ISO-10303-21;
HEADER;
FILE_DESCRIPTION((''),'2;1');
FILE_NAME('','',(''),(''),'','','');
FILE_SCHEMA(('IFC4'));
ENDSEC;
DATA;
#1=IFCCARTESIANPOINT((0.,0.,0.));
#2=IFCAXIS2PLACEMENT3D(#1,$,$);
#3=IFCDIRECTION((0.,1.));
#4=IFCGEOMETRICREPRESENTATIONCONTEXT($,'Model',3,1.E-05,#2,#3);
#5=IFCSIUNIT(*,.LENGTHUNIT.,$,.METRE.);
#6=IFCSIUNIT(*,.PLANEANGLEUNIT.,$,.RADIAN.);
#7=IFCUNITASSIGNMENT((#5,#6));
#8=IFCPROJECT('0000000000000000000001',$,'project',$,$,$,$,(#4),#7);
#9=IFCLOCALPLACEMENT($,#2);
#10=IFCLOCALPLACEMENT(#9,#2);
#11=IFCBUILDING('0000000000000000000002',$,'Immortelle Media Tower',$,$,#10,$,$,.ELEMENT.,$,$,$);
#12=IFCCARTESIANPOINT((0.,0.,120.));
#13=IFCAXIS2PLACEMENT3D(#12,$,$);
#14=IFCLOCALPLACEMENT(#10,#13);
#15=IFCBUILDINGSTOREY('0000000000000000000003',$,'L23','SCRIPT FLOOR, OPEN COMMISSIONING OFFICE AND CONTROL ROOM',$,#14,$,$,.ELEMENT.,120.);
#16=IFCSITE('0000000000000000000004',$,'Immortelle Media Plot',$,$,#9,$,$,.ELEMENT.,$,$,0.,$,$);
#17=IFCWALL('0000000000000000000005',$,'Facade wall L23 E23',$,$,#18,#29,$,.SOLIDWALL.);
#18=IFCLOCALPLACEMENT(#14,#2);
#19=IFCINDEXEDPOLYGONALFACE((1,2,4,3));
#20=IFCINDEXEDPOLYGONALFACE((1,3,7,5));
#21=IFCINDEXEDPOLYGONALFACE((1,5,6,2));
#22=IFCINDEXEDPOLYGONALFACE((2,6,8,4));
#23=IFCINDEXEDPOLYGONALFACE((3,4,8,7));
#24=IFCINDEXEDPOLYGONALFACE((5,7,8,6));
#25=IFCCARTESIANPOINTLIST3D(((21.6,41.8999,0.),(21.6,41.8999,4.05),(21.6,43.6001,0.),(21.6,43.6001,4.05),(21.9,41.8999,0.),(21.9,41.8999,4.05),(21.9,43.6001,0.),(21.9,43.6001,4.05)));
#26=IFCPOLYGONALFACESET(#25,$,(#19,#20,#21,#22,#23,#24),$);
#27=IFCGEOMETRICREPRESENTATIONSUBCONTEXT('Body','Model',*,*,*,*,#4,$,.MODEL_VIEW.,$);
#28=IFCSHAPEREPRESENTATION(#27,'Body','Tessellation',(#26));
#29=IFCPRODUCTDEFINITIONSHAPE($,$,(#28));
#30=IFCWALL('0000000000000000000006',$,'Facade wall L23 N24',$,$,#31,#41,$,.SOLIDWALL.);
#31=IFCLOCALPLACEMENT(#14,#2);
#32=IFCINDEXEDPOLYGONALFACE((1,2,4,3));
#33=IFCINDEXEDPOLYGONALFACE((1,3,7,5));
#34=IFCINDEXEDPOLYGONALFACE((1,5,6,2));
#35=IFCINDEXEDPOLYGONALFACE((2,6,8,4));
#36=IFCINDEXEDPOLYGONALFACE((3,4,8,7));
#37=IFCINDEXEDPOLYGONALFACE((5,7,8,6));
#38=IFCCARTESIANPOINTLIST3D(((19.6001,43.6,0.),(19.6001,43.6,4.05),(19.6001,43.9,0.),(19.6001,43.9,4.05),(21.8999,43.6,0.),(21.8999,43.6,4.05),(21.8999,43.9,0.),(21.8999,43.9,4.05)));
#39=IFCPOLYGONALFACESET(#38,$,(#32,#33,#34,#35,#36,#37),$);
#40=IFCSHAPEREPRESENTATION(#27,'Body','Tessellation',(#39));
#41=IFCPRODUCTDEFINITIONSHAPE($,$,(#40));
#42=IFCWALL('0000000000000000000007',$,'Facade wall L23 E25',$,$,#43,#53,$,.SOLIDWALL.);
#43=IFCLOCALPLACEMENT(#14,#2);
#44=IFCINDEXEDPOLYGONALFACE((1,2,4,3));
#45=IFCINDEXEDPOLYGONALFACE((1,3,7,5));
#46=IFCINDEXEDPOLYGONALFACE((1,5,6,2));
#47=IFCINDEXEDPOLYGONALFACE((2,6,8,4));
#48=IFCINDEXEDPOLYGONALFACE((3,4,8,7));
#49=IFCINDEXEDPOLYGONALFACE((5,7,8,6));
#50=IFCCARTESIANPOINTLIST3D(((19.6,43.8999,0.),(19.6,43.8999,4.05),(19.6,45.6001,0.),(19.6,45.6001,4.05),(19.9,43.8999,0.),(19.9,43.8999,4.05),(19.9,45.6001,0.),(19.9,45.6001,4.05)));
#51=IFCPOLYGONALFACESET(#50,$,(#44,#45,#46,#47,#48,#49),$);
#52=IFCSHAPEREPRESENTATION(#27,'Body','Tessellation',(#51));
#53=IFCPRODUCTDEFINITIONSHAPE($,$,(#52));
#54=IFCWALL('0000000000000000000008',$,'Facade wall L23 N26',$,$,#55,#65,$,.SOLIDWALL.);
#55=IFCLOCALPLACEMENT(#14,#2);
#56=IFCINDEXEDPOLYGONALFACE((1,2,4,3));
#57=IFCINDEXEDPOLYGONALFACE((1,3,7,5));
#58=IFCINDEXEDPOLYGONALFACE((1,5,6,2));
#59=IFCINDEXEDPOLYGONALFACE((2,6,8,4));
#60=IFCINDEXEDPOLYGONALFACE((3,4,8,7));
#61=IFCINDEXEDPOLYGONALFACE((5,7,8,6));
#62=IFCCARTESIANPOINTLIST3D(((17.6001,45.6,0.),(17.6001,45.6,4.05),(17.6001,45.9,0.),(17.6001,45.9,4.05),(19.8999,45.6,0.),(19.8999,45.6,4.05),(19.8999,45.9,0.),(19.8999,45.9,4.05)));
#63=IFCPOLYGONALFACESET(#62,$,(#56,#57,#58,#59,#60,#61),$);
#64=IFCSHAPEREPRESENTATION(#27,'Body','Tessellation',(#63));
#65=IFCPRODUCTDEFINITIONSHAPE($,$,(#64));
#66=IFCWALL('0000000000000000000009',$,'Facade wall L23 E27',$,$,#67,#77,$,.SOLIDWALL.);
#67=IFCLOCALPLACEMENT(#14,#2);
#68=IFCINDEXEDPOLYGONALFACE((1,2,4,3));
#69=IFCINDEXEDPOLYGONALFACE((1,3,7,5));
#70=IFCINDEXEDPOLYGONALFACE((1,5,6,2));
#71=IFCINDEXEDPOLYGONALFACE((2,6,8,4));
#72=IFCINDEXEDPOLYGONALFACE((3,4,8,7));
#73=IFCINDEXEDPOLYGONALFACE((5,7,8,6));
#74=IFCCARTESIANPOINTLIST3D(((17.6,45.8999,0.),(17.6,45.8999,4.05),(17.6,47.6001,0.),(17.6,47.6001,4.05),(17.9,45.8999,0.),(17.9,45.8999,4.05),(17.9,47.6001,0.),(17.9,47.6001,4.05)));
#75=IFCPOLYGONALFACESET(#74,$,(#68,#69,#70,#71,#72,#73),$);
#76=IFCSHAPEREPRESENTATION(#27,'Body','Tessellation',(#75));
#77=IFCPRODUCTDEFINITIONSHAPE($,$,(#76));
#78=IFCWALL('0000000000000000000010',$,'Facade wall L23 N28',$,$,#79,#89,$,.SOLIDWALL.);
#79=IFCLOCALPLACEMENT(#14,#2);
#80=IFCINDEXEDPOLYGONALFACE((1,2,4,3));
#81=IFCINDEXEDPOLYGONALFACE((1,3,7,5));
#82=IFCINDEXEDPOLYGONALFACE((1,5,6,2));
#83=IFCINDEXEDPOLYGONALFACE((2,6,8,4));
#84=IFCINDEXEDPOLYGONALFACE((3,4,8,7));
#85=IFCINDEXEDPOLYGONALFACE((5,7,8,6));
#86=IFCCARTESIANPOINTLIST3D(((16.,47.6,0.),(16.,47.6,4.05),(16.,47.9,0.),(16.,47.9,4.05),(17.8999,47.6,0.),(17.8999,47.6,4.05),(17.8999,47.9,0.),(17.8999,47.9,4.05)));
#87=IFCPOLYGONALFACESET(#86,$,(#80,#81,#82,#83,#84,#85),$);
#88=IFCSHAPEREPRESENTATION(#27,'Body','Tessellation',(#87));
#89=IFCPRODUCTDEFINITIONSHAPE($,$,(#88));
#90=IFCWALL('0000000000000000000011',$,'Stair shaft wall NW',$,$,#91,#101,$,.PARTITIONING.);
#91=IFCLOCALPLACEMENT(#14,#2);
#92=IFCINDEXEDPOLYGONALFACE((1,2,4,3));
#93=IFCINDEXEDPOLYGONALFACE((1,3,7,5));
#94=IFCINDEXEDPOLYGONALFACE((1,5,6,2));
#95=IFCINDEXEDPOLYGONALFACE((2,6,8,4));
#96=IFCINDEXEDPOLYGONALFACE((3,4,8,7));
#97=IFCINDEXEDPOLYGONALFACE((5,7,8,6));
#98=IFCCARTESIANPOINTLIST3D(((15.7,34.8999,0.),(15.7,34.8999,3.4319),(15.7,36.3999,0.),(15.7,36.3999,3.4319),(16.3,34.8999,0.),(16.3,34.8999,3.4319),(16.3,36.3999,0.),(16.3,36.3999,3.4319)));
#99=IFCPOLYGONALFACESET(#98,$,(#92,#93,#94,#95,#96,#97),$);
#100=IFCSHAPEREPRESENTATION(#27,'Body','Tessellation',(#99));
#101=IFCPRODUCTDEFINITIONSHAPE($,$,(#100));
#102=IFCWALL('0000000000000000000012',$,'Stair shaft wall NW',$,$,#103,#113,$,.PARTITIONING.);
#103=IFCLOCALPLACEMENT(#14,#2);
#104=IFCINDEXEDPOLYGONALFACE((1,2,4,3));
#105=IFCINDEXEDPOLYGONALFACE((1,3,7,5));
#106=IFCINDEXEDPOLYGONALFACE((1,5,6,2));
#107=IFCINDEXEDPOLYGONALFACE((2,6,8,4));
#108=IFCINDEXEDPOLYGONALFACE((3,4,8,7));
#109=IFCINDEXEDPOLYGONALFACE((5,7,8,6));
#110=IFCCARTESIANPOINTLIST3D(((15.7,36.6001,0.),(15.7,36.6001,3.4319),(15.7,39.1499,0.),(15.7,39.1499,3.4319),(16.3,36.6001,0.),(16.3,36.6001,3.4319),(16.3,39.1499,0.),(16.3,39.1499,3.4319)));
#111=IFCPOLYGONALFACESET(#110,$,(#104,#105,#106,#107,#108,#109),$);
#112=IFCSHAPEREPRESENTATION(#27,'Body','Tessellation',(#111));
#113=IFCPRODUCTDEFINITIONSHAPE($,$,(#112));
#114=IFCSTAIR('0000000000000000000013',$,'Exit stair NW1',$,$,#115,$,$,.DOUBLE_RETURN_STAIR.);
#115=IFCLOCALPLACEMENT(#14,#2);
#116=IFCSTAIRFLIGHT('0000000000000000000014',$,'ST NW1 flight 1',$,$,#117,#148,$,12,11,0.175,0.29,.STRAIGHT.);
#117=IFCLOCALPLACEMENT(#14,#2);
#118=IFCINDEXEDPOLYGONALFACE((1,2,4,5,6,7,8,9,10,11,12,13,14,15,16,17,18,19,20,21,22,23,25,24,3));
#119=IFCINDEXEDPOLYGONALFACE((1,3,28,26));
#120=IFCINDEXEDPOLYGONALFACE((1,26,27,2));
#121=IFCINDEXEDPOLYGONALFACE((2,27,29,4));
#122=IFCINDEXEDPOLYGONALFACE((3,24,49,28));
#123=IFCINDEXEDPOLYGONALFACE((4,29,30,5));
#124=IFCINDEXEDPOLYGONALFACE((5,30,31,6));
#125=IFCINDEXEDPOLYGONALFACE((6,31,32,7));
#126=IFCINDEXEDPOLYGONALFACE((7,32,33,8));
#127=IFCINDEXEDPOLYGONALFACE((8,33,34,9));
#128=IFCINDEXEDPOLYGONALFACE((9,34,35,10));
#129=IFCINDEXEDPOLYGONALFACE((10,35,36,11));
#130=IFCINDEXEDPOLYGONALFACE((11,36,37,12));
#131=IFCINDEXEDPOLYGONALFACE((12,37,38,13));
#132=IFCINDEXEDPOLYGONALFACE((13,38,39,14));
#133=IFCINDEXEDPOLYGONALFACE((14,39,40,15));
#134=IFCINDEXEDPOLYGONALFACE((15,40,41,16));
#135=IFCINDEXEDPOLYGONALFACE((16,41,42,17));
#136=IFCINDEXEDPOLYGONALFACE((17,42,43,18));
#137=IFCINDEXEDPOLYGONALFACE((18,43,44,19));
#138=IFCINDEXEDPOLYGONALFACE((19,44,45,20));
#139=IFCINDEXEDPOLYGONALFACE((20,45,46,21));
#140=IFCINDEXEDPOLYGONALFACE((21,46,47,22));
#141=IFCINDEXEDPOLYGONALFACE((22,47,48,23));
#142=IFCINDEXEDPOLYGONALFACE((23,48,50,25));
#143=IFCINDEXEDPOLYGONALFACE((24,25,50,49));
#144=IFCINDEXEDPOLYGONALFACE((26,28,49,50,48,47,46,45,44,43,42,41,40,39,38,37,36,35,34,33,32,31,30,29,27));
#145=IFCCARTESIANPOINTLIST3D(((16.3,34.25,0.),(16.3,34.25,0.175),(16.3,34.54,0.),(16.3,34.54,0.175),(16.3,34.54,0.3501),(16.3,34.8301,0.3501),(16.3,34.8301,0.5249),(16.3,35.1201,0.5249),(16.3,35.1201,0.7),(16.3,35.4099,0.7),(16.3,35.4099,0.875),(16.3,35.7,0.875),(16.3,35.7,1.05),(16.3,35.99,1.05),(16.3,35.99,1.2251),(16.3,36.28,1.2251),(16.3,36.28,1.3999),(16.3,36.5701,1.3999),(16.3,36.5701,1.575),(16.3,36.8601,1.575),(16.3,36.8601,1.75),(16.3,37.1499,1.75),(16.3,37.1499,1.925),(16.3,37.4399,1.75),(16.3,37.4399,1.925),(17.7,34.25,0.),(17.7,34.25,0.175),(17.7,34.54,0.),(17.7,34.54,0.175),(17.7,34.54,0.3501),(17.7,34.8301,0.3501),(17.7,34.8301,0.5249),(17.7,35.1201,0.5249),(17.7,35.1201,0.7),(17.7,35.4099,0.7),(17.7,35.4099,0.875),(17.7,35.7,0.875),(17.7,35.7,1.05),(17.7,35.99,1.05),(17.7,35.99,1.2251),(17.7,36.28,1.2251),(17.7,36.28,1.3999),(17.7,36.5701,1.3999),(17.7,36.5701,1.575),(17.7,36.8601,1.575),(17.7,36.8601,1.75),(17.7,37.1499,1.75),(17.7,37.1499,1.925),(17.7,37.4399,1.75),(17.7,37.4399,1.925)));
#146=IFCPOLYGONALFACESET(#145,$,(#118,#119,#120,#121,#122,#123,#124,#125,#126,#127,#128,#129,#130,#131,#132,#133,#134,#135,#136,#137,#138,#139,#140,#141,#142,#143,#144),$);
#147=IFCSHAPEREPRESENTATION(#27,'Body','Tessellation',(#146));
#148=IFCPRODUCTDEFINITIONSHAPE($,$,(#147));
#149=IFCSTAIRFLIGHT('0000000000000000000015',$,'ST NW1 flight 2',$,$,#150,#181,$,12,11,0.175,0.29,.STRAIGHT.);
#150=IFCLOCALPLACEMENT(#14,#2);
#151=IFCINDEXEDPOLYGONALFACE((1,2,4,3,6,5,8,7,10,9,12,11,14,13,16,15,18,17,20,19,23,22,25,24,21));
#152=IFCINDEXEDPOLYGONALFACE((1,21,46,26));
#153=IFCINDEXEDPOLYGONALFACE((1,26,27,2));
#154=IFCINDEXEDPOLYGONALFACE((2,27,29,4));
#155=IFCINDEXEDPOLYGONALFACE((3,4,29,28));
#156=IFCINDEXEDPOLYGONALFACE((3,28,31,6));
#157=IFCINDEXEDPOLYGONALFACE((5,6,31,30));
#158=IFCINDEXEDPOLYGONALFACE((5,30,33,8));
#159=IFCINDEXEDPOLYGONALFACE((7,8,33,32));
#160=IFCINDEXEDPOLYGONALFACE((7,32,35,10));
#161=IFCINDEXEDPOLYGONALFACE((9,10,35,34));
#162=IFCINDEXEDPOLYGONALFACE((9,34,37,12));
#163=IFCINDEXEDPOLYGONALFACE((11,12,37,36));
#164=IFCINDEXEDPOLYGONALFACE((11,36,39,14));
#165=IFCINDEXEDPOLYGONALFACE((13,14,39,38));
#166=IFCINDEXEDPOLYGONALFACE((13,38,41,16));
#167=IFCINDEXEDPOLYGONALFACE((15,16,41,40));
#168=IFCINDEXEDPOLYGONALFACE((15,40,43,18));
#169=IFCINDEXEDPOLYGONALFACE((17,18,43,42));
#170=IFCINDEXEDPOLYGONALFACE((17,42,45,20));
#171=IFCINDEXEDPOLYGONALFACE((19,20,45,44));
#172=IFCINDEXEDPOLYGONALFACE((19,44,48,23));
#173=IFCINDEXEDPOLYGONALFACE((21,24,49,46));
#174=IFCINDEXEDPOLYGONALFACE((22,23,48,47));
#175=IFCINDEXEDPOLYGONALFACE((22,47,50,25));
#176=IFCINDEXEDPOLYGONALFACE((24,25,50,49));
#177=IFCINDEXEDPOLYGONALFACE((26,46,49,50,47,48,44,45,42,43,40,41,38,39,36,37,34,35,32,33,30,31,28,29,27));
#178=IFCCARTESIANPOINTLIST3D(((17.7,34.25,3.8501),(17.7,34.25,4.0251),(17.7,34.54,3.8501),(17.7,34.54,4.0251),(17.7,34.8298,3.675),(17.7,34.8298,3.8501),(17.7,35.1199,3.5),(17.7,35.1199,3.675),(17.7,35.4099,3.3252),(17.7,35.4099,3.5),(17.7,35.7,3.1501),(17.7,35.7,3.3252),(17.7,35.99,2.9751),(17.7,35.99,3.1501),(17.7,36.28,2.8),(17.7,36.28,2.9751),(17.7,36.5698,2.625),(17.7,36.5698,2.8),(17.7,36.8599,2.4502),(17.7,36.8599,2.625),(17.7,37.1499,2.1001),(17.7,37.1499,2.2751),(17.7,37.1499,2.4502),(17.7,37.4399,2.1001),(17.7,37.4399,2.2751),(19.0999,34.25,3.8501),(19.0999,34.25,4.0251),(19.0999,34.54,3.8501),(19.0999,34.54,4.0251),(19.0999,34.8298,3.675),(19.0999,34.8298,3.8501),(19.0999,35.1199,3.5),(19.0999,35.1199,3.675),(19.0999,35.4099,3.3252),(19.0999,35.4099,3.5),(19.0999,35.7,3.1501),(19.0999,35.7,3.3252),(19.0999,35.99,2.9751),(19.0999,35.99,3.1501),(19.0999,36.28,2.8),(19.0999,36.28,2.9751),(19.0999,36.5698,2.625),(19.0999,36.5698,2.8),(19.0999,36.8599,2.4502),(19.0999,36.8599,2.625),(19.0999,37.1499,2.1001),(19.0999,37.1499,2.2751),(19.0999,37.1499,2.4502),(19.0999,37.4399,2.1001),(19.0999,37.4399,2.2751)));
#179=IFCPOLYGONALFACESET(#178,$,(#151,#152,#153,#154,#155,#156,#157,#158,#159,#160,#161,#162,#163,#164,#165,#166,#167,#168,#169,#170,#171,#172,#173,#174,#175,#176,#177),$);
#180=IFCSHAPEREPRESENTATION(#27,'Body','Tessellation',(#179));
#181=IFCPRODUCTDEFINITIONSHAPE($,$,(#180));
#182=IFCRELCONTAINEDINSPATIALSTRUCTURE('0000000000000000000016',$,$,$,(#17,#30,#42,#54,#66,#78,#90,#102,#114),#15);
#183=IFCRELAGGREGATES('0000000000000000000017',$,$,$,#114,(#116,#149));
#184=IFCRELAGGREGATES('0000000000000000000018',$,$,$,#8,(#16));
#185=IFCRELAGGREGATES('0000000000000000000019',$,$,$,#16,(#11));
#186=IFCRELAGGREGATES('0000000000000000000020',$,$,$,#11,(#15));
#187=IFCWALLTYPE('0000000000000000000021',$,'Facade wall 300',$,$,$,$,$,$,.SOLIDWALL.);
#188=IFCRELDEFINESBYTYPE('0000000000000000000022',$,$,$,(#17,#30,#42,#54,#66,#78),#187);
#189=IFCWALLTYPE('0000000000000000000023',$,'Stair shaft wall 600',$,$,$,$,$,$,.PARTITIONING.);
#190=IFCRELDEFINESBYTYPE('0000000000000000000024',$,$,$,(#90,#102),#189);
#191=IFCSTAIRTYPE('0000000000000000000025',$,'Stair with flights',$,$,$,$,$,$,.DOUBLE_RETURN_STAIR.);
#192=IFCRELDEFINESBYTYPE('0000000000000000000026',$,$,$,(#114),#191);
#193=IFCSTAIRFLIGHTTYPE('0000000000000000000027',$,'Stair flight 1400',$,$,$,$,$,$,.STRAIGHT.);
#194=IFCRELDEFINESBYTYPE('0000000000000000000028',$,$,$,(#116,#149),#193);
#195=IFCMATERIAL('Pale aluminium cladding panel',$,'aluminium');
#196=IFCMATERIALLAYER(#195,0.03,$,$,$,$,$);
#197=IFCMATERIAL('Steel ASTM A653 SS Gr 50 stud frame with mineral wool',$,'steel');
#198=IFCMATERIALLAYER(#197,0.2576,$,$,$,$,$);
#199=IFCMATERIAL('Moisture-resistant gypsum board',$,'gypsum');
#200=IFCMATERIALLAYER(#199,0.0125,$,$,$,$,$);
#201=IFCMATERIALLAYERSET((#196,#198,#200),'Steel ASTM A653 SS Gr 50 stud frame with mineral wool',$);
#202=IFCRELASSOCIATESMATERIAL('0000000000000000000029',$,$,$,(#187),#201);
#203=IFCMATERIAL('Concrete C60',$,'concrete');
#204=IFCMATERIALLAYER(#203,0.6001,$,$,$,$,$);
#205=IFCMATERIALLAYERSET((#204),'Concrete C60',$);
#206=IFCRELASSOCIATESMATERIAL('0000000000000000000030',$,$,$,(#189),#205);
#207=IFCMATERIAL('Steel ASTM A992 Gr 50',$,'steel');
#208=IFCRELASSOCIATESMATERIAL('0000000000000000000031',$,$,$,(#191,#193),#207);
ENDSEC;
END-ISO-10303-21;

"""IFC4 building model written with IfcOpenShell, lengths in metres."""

from ifc_helpers import new_model, si_unit, direction, frame, frame_2d, origin, place, context, subcontext, project, spatial, polyline, rectangle, outline, extrude, material, layer, layer_set, type_object, element, aggregate, save


model = new_model("IFC4")

# Units and contexts
model_context = context("Model", 3, precision=1e-05, world=origin(), true_north=direction((0.0, 1.0)))
body_context = subcontext(model_context, "Body", "Model", "MODEL_VIEW")
ifc_project = project(units=[si_unit("LENGTHUNIT", "METRE"), si_unit("PLANEANGLEUNIT", "RADIAN")], contexts=[model_context])

# Site, building, storey
site_placement = place(None, origin())
site = spatial("IfcSite", under=ifc_project, at=site_placement, Name="Immortelle Media Plot", CompositionType="ELEMENT", RefElevation=0.0)
building_placement = place(site_placement, origin())
building = spatial("IfcBuilding", under=site, at=building_placement, Name="Immortelle Media Tower", CompositionType="ELEMENT")
storey_placement = place(building_placement, frame((0.0, 0.0, 120.0)))
storey = spatial("IfcBuildingStorey", under=building, at=storey_placement, Name="L23", Description="SCRIPT FLOOR, OPEN COMMISSIONING OFFICE AND CONTROL ROOM", CompositionType="ELEMENT", Elevation=120.0)

# Shared definitions
ifc_material_1 = material(Name="Steel ASTM A992 Gr 50", Category="steel")

# Walls
ifc_material_2 = material(Name="Pale aluminium cladding panel", Category="aluminium")
ifc_layer_1 = layer(ifc_material_2, 0.03)
ifc_material_3 = material(Name="Steel ASTM A653 SS Gr 50 stud frame with mineral wool", Category="steel")
ifc_layer_2 = layer(ifc_material_3, 0.2576)
ifc_material_4 = material(Name="Moisture-resistant gypsum board", Category="gypsum")
ifc_layer_3 = layer(ifc_material_4, 0.0125)
ifc_layer_set_1 = layer_set([ifc_layer_1, ifc_layer_2, ifc_layer_3], Name="Steel ASTM A653 SS Gr 50 stud frame with mineral wool")
wall_type_1 = type_object("IfcWallType", Name="Facade wall 300", PredefinedType="SOLIDWALL", material=ifc_layer_set_1)
wall_1_placement = place(storey_placement, frame((21.75, 41.8999, 0.0), z_axis=(0.0, 0.0, 1.0), x_axis=(0.0, 1.0, 0.0)))
element("IfcWall", 1, at=wall_1_placement, inside=storey, type_object=wall_type_1, Name="Facade wall L23 E23", PredefinedType="SOLIDWALL", context=body_context, shape_type="SweptSolid", body=[
    extrude(rectangle(XDim=1.7002, YDim=0.3, at=frame_2d((0.8501, 0.0))), origin(), (0.0, 0.0, 1.0), 4.05),
])
wall_2_placement = place(storey_placement, frame((21.8999, 43.75, 0.0), z_axis=(0.0, 0.0, 1.0), x_axis=(-1.0, 0.0, 0.0)))
element("IfcWall", 2, at=wall_2_placement, inside=storey, type_object=wall_type_1, Name="Facade wall L23 N24", PredefinedType="SOLIDWALL", context=body_context, shape_type="SweptSolid", body=[
    extrude(rectangle(XDim=2.2998, YDim=0.3, at=frame_2d((1.1499, 0.0))), origin(), (0.0, 0.0, 1.0), 4.05),
])
wall_3_placement = place(storey_placement, frame((19.75, 43.8999, 0.0), z_axis=(0.0, 0.0, 1.0), x_axis=(0.0, 1.0, 0.0)))
element("IfcWall", 3, at=wall_3_placement, inside=storey, type_object=wall_type_1, Name="Facade wall L23 E25", PredefinedType="SOLIDWALL", context=body_context, shape_type="SweptSolid", body=[
    extrude(rectangle(XDim=1.7002, YDim=0.3, at=frame_2d((0.8501, 0.0))), origin(), (0.0, 0.0, 1.0), 4.05),
])
wall_4_placement = place(storey_placement, frame((19.8999, 45.75, 0.0), z_axis=(0.0, 0.0, 1.0), x_axis=(-1.0, 0.0, 0.0)))
element("IfcWall", 4, at=wall_4_placement, inside=storey, type_object=wall_type_1, Name="Facade wall L23 N26", PredefinedType="SOLIDWALL", context=body_context, shape_type="SweptSolid", body=[
    extrude(rectangle(XDim=2.2998, YDim=0.3, at=frame_2d((1.1499, 0.0))), origin(), (0.0, 0.0, 1.0), 4.05),
])
wall_5_placement = place(storey_placement, frame((17.75, 45.8999, 0.0), z_axis=(0.0, 0.0, 1.0), x_axis=(0.0, 1.0, 0.0)))
element("IfcWall", 5, at=wall_5_placement, inside=storey, type_object=wall_type_1, Name="Facade wall L23 E27", PredefinedType="SOLIDWALL", context=body_context, shape_type="SweptSolid", body=[
    extrude(rectangle(XDim=1.7002, YDim=0.3, at=frame_2d((0.8501, 0.0))), origin(), (0.0, 0.0, 1.0), 4.05),
])
wall_6_placement = place(storey_placement, frame((17.8999, 47.75, 0.0), z_axis=(0.0, 0.0, 1.0), x_axis=(-1.0, 0.0, 0.0)))
element("IfcWall", 6, at=wall_6_placement, inside=storey, type_object=wall_type_1, Name="Facade wall L23 N28", PredefinedType="SOLIDWALL", context=body_context, shape_type="SweptSolid", body=[
    extrude(rectangle(XDim=1.8999, YDim=0.3, at=frame_2d((0.95, 0.0))), origin(), (0.0, 0.0, 1.0), 4.05),
])
ifc_material_5 = material(Name="Concrete C60", Category="concrete")
ifc_layer_4 = layer(ifc_material_5, 0.6001)
ifc_layer_set_2 = layer_set([ifc_layer_4], Name="Concrete C60")
wall_type_2 = type_object("IfcWallType", Name="Stair shaft wall 600", PredefinedType="PARTITIONING", material=ifc_layer_set_2)
wall_7_placement = place(storey_placement, frame((16.0, 34.8999, 0.0), z_axis=(0.0, 0.0, 1.0), x_axis=(0.0, 1.0, 0.0)))
element("IfcWall", 7, at=wall_7_placement, inside=storey, type_object=wall_type_2, Name="Stair shaft wall NW", PredefinedType="PARTITIONING", context=body_context, shape_type="SweptSolid", body=[
    extrude(rectangle(XDim=1.5, YDim=0.6001, at=frame_2d((0.75, 0.0))), origin(), (0.0, 0.0, 1.0), 3.4319),
])
wall_8_placement = place(storey_placement, frame((16.0, 36.6001, 0.0), z_axis=(0.0, 0.0, 1.0), x_axis=(0.0, 1.0, 0.0)))
element("IfcWall", 8, at=wall_8_placement, inside=storey, type_object=wall_type_2, Name="Stair shaft wall NW", PredefinedType="PARTITIONING", context=body_context, shape_type="SweptSolid", body=[
    extrude(rectangle(XDim=2.5498, YDim=0.6001, at=frame_2d((1.2749, 0.0))), origin(), (0.0, 0.0, 1.0), 3.4319),
])

# Stair, stair flights
stair_type = type_object("IfcStairType", Name="Stair with flights", PredefinedType="DOUBLE_RETURN_STAIR", material=ifc_material_1)
stair_1_placement = place(storey_placement, origin())
stair_1 = element("IfcStair", 9, at=stair_1_placement, inside=storey, type_object=stair_type, Name="Exit stair NW1", PredefinedType="DOUBLE_RETURN_STAIR")
stair_flight_type = type_object("IfcStairFlightType", Name="Stair flight 1400", PredefinedType="STRAIGHT", material=ifc_material_1)
stair_flight_1_placement = place(storey_placement, frame((17.0, 34.25, 0.0), z_axis=(0.0, 0.0, 1.0), x_axis=(0.0, 1.0, 0.0)))
stair_flight_1 = element("IfcStairFlight", 10, at=stair_flight_1_placement, type_object=stair_flight_type, Name="ST NW1 flight 1", NumberOfRisers=12, NumberOfTreads=11, PredefinedType="STRAIGHT", RiserHeight=0.175, TreadLength=0.29, context=body_context, shape_type="SweptSolid", body=[
    extrude(outline(polyline([(0.0, 0.0), (0.0, 0.175), (0.29, 0.175), (0.29, 0.3501), (0.5801, 0.3501), (0.5801, 0.5249), (0.8701, 0.5249), (0.8701, 0.7), (1.1599, 0.7), (1.1599, 0.875), (1.45, 0.875), (1.45, 1.05), (1.74, 1.05), (1.74, 1.2251), (2.03, 1.2251), (2.03, 1.3999), (2.3201, 1.3999), (2.3201, 1.575), (2.6101, 1.575), (2.6101, 1.75), (2.8999, 1.75), (2.8999, 1.925), (3.1899, 1.925), (3.1899, 2.1001), (3.1899, 1.75), (0.29, 0.0), (0.0, 0.0)])), frame((0.0, 0.7, 0.0), z_axis=(0.0, -1.0, 0.0), x_axis=(1.0, 0.0, 0.0)), (0.0, 0.0, 1.0), 1.3999),
])
stair_flight_2_placement = place(storey_placement, frame((18.3999, 37.4399, 2.1001), z_axis=(0.0, 0.0, 1.0), x_axis=(0.0, -1.0, 0.0)))
stair_flight_2 = element("IfcStairFlight", 11, at=stair_flight_2_placement, type_object=stair_flight_type, Name="ST NW1 flight 2", NumberOfRisers=12, NumberOfTreads=11, PredefinedType="STRAIGHT", RiserHeight=0.175, TreadLength=0.29, context=body_context, shape_type="SweptSolid", body=[
    extrude(outline(polyline([(0.0, 0.0), (0.0, 0.175), (0.29, 0.175), (0.29, 0.3501), (0.5801, 0.3501), (0.5801, 0.5249), (0.8701, 0.5249), (0.8701, 0.7), (1.1599, 0.7), (1.1599, 0.875), (1.45, 0.875), (1.45, 1.05), (1.74, 1.05), (1.74, 1.2251), (2.03, 1.2251), (2.03, 1.3999), (2.3201, 1.3999), (2.3201, 1.575), (2.6101, 1.575), (2.6101, 1.75), (2.8999, 1.75), (2.8999, 1.925), (3.1899, 1.925), (3.1899, 2.1001), (3.1899, 1.75), (0.29, 0.0), (0.0, 0.0)])), frame((0.0, 0.7, 0.0), z_axis=(0.0, -1.0, 0.0), x_axis=(1.0, 0.0, 0.0)), (0.0, 0.0, 1.0), 1.3999),
])
aggregate(stair_1, [stair_flight_1, stair_flight_2])

save(model, "model.ifc")
